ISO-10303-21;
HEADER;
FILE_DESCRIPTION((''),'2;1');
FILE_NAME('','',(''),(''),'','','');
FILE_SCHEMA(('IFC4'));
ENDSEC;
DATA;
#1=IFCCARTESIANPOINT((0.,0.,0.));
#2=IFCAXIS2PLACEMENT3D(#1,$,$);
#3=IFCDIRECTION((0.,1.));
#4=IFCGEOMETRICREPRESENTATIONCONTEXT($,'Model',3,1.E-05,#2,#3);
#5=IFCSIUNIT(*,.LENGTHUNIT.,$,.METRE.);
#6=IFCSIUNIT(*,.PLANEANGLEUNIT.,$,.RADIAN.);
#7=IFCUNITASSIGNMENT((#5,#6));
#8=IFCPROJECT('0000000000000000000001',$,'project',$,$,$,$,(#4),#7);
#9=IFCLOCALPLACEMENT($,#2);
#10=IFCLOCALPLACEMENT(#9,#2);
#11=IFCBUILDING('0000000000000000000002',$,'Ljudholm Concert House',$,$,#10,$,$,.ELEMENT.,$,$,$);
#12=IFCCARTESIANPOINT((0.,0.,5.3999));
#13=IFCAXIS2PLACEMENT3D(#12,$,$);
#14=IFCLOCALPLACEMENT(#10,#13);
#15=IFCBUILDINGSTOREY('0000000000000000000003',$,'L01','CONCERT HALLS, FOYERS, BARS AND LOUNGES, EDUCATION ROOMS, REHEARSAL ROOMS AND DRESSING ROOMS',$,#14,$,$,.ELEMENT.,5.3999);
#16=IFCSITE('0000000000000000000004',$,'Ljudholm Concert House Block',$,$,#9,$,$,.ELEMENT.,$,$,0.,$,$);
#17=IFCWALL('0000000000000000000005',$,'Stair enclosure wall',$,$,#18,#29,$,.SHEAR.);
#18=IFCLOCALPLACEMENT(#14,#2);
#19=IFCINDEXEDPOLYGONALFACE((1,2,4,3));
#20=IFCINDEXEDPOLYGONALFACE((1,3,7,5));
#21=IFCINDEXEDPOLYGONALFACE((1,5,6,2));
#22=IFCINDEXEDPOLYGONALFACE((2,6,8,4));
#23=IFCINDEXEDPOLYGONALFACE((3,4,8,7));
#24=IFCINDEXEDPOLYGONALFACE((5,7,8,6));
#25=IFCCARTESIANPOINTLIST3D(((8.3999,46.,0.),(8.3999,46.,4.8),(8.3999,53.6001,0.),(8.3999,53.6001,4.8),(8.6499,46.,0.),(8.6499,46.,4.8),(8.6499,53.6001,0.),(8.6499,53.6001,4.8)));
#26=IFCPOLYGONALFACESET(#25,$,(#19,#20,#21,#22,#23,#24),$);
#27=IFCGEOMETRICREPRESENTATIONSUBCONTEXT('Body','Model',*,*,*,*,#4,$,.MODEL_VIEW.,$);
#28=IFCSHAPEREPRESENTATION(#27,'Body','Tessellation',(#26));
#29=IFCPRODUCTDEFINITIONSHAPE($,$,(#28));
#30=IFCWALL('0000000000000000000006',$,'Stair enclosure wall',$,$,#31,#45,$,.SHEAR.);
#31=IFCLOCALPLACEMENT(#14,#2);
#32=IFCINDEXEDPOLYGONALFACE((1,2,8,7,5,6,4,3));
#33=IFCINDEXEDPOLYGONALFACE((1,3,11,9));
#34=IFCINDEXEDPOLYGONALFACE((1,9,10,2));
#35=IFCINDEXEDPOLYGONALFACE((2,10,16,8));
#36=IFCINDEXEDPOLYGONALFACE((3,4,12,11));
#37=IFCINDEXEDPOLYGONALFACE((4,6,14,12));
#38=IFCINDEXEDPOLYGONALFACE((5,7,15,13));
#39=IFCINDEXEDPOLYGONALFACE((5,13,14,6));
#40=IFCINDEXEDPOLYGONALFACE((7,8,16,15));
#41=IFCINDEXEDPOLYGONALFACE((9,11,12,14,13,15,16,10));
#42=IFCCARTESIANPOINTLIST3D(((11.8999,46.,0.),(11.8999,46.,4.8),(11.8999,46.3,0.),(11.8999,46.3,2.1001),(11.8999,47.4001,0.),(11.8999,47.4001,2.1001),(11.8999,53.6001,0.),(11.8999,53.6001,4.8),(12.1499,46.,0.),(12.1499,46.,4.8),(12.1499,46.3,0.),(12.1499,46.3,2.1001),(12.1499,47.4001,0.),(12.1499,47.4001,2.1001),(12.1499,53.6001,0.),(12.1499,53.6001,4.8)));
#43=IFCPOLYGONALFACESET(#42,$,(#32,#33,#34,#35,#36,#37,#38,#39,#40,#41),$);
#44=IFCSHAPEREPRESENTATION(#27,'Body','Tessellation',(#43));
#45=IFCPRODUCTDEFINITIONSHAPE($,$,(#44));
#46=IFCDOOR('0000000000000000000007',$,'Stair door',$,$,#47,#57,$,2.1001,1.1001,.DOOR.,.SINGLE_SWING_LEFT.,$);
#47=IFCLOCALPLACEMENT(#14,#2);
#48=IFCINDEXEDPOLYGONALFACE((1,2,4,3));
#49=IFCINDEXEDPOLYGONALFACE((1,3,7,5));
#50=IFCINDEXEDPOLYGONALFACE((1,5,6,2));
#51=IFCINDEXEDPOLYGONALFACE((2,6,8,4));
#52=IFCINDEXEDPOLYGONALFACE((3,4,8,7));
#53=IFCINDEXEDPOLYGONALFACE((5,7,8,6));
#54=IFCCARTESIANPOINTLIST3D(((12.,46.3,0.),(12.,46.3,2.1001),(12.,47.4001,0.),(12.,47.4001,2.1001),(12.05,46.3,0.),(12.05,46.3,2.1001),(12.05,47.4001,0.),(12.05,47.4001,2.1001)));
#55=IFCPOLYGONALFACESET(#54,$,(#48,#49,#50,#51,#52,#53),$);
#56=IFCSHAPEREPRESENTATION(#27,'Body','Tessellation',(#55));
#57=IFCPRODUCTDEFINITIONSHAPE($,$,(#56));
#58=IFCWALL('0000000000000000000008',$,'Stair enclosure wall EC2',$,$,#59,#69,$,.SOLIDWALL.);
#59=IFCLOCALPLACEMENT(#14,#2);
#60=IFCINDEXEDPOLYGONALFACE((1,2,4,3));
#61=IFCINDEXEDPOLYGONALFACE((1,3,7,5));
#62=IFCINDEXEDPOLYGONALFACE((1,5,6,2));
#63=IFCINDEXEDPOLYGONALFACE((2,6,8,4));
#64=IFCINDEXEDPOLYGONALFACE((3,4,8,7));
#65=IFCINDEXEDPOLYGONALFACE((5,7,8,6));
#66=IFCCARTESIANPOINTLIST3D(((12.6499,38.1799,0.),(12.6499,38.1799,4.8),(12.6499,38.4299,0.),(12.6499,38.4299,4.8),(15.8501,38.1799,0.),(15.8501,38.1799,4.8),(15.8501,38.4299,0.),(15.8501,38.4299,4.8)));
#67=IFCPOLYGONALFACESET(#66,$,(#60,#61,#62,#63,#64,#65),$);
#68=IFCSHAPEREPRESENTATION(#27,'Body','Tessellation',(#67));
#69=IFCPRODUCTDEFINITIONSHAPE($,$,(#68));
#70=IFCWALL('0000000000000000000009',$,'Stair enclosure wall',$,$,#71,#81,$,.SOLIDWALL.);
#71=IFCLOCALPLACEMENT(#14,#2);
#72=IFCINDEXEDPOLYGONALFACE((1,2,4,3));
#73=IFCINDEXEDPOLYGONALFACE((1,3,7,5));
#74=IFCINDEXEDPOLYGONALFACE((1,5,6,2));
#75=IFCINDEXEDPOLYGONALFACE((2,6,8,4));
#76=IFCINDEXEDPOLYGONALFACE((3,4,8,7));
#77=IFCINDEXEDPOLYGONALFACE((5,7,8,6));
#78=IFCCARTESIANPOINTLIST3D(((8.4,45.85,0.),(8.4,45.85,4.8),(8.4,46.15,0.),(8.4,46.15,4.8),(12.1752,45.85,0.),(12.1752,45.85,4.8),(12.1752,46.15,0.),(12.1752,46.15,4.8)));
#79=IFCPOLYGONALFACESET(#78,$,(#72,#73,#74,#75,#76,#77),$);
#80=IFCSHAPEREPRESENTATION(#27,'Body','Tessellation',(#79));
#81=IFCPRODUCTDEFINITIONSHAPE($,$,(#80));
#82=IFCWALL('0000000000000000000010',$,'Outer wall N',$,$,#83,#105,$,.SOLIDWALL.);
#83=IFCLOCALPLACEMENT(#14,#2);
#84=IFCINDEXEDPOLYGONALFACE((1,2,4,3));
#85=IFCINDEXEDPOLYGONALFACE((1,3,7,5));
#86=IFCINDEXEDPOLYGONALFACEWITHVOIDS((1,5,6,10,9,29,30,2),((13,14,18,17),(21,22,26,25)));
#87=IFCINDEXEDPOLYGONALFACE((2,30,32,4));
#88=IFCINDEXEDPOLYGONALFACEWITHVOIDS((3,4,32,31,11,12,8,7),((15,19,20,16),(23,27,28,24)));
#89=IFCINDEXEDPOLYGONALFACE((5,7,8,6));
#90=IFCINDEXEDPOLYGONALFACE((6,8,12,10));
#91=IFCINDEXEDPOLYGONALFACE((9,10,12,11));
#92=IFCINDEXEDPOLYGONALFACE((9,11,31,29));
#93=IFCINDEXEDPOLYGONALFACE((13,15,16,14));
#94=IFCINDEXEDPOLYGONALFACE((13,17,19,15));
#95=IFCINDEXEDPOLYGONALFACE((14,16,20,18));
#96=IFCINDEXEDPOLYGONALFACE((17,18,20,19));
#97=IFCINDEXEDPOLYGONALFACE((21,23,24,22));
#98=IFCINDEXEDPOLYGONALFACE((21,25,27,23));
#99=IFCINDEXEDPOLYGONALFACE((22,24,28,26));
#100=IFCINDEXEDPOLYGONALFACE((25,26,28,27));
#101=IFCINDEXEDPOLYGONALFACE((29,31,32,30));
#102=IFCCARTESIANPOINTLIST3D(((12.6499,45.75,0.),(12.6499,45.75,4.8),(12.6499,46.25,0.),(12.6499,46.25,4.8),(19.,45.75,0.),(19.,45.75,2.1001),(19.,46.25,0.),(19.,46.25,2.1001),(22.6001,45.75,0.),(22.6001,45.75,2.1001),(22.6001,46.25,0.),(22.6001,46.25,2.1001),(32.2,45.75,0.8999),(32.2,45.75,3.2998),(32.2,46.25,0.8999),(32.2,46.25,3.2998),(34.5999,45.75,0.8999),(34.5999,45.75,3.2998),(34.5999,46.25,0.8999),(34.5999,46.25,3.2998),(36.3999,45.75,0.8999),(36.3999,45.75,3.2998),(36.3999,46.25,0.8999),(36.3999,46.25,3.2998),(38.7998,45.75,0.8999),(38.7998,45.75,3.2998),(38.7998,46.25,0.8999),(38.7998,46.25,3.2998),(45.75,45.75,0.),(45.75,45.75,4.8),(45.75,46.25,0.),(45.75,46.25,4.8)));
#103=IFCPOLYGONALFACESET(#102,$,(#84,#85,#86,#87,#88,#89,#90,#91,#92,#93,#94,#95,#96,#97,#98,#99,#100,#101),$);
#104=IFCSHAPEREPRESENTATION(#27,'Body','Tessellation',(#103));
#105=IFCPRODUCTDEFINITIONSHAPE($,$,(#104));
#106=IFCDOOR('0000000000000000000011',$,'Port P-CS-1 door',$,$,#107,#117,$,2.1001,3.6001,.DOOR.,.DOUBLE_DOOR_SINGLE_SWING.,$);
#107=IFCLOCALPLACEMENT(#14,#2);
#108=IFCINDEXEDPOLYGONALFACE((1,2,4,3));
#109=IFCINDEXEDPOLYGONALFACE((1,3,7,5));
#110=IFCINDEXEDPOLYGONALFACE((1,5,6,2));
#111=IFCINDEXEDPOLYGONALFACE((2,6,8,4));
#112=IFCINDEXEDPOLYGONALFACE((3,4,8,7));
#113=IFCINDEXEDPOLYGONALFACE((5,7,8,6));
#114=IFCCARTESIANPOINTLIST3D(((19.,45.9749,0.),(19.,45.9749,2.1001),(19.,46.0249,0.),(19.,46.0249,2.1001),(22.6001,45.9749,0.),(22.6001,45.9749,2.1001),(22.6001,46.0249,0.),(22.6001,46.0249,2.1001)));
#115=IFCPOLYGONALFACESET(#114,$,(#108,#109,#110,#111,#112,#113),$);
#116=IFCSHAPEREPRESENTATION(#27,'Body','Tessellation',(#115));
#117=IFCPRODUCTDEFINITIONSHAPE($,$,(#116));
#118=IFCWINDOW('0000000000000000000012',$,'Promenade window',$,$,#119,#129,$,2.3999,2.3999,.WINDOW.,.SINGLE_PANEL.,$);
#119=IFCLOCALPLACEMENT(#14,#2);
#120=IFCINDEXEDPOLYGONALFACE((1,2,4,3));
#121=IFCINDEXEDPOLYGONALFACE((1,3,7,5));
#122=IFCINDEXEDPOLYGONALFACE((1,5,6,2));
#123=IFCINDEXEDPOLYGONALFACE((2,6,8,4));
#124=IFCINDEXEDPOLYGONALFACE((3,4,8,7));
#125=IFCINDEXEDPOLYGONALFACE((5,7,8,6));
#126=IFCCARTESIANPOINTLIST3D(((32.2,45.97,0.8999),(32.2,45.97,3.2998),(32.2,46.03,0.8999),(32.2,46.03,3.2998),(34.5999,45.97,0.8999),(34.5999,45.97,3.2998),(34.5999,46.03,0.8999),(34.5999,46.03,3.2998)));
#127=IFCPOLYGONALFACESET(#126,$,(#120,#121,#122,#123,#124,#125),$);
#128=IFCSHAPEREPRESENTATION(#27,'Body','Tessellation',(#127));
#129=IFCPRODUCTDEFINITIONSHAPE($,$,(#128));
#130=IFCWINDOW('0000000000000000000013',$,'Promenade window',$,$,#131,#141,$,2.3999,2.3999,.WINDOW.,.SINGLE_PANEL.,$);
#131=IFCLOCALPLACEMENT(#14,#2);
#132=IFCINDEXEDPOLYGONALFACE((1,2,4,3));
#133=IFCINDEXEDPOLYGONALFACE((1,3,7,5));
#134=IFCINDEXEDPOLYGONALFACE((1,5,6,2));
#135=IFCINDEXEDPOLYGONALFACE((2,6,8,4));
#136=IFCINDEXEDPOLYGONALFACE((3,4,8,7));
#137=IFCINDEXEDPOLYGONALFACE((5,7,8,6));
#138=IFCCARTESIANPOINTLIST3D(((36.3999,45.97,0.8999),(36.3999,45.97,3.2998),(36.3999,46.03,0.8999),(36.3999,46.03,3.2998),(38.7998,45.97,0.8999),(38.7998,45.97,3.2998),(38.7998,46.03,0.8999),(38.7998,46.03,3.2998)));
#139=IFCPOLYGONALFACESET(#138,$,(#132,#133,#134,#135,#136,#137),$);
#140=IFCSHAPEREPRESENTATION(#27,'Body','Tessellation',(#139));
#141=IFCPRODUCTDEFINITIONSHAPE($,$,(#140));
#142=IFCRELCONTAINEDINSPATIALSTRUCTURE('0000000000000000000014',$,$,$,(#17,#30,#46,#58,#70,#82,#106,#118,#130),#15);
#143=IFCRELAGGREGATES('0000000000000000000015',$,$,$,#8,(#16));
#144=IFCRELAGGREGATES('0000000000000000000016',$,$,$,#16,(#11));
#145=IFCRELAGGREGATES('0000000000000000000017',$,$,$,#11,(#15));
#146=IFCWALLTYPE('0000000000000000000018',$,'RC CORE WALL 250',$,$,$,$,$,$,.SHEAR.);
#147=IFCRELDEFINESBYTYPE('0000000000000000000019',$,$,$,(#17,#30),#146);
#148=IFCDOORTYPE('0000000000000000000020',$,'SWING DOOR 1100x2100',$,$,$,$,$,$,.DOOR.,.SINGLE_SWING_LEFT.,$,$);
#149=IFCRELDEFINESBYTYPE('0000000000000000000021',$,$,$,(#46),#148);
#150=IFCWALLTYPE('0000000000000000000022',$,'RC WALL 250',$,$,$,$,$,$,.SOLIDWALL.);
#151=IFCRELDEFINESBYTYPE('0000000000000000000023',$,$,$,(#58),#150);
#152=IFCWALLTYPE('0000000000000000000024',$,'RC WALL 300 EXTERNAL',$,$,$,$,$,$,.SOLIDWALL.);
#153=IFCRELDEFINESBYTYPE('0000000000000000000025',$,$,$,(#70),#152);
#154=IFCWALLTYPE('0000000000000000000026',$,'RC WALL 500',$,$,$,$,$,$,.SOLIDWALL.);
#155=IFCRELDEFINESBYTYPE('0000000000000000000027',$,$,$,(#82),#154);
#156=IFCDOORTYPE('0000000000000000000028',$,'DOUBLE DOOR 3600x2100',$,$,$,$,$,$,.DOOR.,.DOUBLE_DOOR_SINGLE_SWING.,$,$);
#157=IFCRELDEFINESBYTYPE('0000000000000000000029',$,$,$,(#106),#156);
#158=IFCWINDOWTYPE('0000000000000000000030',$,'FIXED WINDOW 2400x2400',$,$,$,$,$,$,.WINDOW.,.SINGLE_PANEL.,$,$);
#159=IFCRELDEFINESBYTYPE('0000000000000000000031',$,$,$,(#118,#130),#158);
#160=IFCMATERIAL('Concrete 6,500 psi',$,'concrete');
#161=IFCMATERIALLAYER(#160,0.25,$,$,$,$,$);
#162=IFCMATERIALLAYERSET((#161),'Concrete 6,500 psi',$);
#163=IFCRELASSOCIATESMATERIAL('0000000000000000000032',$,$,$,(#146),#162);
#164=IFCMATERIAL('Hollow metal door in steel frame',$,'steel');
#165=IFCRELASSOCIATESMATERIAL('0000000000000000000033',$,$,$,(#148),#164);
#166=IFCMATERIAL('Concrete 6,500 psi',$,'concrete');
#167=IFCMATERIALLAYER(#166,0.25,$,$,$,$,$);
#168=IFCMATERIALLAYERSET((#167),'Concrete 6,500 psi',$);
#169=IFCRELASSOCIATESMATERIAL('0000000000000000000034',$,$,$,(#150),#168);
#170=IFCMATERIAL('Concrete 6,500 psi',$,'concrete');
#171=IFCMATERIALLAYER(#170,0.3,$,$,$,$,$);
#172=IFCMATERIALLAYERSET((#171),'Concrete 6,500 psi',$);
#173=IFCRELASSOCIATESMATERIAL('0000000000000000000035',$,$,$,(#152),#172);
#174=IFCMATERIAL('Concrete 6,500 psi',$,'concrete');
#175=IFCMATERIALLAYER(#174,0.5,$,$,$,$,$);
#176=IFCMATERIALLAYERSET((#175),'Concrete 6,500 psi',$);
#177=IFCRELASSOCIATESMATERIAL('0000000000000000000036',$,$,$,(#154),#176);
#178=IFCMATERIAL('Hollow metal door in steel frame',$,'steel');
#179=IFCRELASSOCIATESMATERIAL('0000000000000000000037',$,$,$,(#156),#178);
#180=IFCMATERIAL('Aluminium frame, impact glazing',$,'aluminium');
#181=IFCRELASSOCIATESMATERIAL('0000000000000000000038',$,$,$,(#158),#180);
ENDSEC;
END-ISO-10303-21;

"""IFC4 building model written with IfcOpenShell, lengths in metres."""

from ifc_helpers import new_model, si_unit, direction, frame, frame_2d, origin, place, context, subcontext, project, spatial, rectangle, extrude, material, layer, layer_set, type_object, element, fill, save


model = new_model("IFC4")

# Units and contexts
model_context = context("Model", 3, precision=1e-05, world=origin(), true_north=direction((0.0, 1.0)))
body_context = subcontext(model_context, "Body", "Model", "MODEL_VIEW")
ifc_project = project(units=[si_unit("LENGTHUNIT", "METRE"), si_unit("PLANEANGLEUNIT", "RADIAN")], contexts=[model_context])

# Site, building, storey
site_placement = place(None, origin())
site = spatial("IfcSite", under=ifc_project, at=site_placement, Name="Ljudholm Concert House Block", CompositionType="ELEMENT", RefElevation=0.0)
building_placement = place(site_placement, origin())
building = spatial("IfcBuilding", under=site, at=building_placement, Name="Ljudholm Concert House", CompositionType="ELEMENT")
storey_placement = place(building_placement, frame((0.0, 0.0, 5.3999)))
storey = spatial("IfcBuildingStorey", under=building, at=storey_placement, Name="L01", Description="CONCERT HALLS, FOYERS, BARS AND LOUNGES, EDUCATION ROOMS, REHEARSAL ROOMS AND DRESSING ROOMS", CompositionType="ELEMENT", Elevation=5.3999)

# Wall
ifc_material_1 = material(Name="Concrete 6,500 psi", Category="concrete")
ifc_layer_1 = layer(ifc_material_1, 0.25)
ifc_layer_set_1 = layer_set([ifc_layer_1], Name="Concrete 6,500 psi")
wall_type_1 = type_object("IfcWallType", Name="RC CORE WALL 250", PredefinedType="SHEAR", material=ifc_layer_set_1)
wall_1_placement = place(storey_placement, frame((8.5249, 46.0, 0.0), z_axis=(0.0, 0.0, 1.0), x_axis=(0.0, 1.0, 0.0)))
element("IfcWall", 1, at=wall_1_placement, inside=storey, type_object=wall_type_1, Name="Stair enclosure wall", PredefinedType="SHEAR", context=body_context, shape_type="SweptSolid", body=[
    extrude(rectangle(XDim=7.6001, YDim=0.25, at=frame_2d((3.8, 0.0))), origin(), (0.0, 0.0, 1.0), 4.8),
])

# Wall, opening, door
wall_2_placement = place(storey_placement, frame((12.0249, 46.0, 0.0), z_axis=(0.0, 0.0, 1.0), x_axis=(0.0, 1.0, 0.0)))
wall_2 = element("IfcWall", 2, at=wall_2_placement, inside=storey, type_object=wall_type_1, Name="Stair enclosure wall", PredefinedType="SHEAR", context=body_context, shape_type="SweptSolid", body=[
    extrude(rectangle(XDim=7.6001, YDim=0.25, at=frame_2d((3.8, 0.0))), origin(), (0.0, 0.0, 1.0), 4.8),
])
opening_1_placement = place(wall_2_placement, frame((0.3, 0.0, 0.0)))
opening_1 = element("IfcOpeningElement", 3, at=opening_1_placement, cuts=wall_2, PredefinedType="OPENING", context=body_context, shape_type="SweptSolid", body=[
    extrude(rectangle(XDim=1.1001, YDim=2.1001, at=frame_2d((0.55, 1.05))), frame((0.0, 0.135, 0.0), z_axis=(0.0, -1.0, 0.0), x_axis=(1.0, 0.0, 0.0)), (0.0, 0.0, 1.0), 0.27),
])
ifc_material_2 = material(Name="Hollow metal door in steel frame", Category="steel")
door_type_1 = type_object("IfcDoorType", Name="SWING DOOR 1100x2100", OperationType="SINGLE_SWING_LEFT", PredefinedType="DOOR", material=ifc_material_2)
door_1_placement = place(opening_1_placement, origin())
door_1 = element("IfcDoor", 4, at=door_1_placement, inside=storey, type_object=door_type_1, Name="Stair door", OperationType="SINGLE_SWING_LEFT", OverallHeight=2.1001, OverallWidth=1.1001, PredefinedType="DOOR", context=body_context, shape_type="SweptSolid", body=[
    extrude(rectangle(XDim=1.1001, YDim=2.1001, at=frame_2d((0.55, 1.05))), frame((0.0, 0.0249, 0.0), z_axis=(0.0, -1.0, 0.0), x_axis=(1.0, 0.0, 0.0)), (0.0, 0.0, 1.0), 0.05),
])
fill(opening_1, door_1)

# Walls
ifc_material_3 = material(Name="Concrete 6,500 psi", Category="concrete")
ifc_layer_2 = layer(ifc_material_3, 0.25)
ifc_layer_set_2 = layer_set([ifc_layer_2], Name="Concrete 6,500 psi")
wall_type_2 = type_object("IfcWallType", Name="RC WALL 250", PredefinedType="SOLIDWALL", material=ifc_layer_set_2)
wall_3_placement = place(storey_placement, frame((12.6499, 38.3049, 0.0), z_axis=(0.0, 0.0, 1.0), x_axis=(1.0, 0.0, 0.0)))
element("IfcWall", 5, at=wall_3_placement, inside=storey, type_object=wall_type_2, Name="Stair enclosure wall EC2", PredefinedType="SOLIDWALL", context=body_context, shape_type="SweptSolid", body=[
    extrude(rectangle(XDim=3.2002, YDim=0.25, at=frame_2d((1.6001, 0.0))), origin(), (0.0, 0.0, 1.0), 4.8),
])
ifc_material_4 = material(Name="Concrete 6,500 psi", Category="concrete")
ifc_layer_3 = layer(ifc_material_4, 0.3)
ifc_layer_set_3 = layer_set([ifc_layer_3], Name="Concrete 6,500 psi")
wall_type_3 = type_object("IfcWallType", Name="RC WALL 300 EXTERNAL", PredefinedType="SOLIDWALL", material=ifc_layer_set_3)
wall_4_placement = place(storey_placement, frame((8.3999, 46.0, 0.0), z_axis=(0.0, 0.0, 1.0), x_axis=(1.0, 0.0, 0.0)))
element("IfcWall", 6, at=wall_4_placement, inside=storey, type_object=wall_type_3, Name="Stair enclosure wall", PredefinedType="SOLIDWALL", context=body_context, shape_type="SweptSolid", body=[
    extrude(rectangle(XDim=3.7751, YDim=0.3, at=frame_2d((1.8877, 0.0))), origin(), (0.0, 0.0, 1.0), 4.8),
])

# Wall, openings, door, windows
ifc_material_5 = material(Name="Concrete 6,500 psi", Category="concrete")
ifc_layer_4 = layer(ifc_material_5, 0.5)
ifc_layer_set_4 = layer_set([ifc_layer_4], Name="Concrete 6,500 psi")
wall_type_4 = type_object("IfcWallType", Name="RC WALL 500", PredefinedType="SOLIDWALL", material=ifc_layer_set_4)
wall_5_placement = place(storey_placement, frame((12.6499, 46.0, 0.0), z_axis=(0.0, 0.0, 1.0), x_axis=(1.0, 0.0, 0.0)))
wall_5 = element("IfcWall", 7, at=wall_5_placement, inside=storey, type_object=wall_type_4, Name="Outer wall N", PredefinedType="SOLIDWALL", context=body_context, shape_type="SweptSolid", body=[
    extrude(rectangle(XDim=33.1001, YDim=0.5, at=frame_2d((16.55, 0.0))), origin(), (0.0, 0.0, 1.0), 4.8),
])
opening_2_placement = place(wall_5_placement, frame((19.55, 0.0, 0.8999)))
opening_2 = element("IfcOpeningElement", 8, at=opening_2_placement, cuts=wall_5, PredefinedType="OPENING", context=body_context, shape_type="SweptSolid", body=[
    extrude(rectangle(XDim=2.3999, YDim=2.3999, at=frame_2d((1.2, 1.2))), frame((0.0, 0.26, 0.0), z_axis=(0.0, -1.0, 0.0), x_axis=(1.0, 0.0, 0.0)), (0.0, 0.0, 1.0), 0.52),
])
opening_3_placement = place(wall_5_placement, frame((23.75, 0.0, 0.8999)))
opening_3 = element("IfcOpeningElement", 9, at=opening_3_placement, cuts=wall_5, PredefinedType="OPENING", context=body_context, shape_type="SweptSolid", body=[
    extrude(rectangle(XDim=2.3999, YDim=2.3999, at=frame_2d((1.2, 1.2))), frame((0.0, 0.26, 0.0), z_axis=(0.0, -1.0, 0.0), x_axis=(1.0, 0.0, 0.0)), (0.0, 0.0, 1.0), 0.52),
])
opening_4_placement = place(wall_5_placement, frame((6.3501, 0.0, 0.0)))
opening_4 = element("IfcOpeningElement", 10, at=opening_4_placement, cuts=wall_5, PredefinedType="OPENING", context=body_context, shape_type="SweptSolid", body=[
    extrude(rectangle(XDim=3.6001, YDim=2.1001, at=frame_2d((1.8, 1.05))), frame((0.0, 0.26, 0.0), z_axis=(0.0, -1.0, 0.0), x_axis=(1.0, 0.0, 0.0)), (0.0, 0.0, 1.0), 0.52),
])
ifc_material_6 = material(Name="Hollow metal door in steel frame", Category="steel")
door_type_2 = type_object("IfcDoorType", Name="DOUBLE DOOR 3600x2100", OperationType="DOUBLE_DOOR_SINGLE_SWING", PredefinedType="DOOR", material=ifc_material_6)
door_2_placement = place(opening_4_placement, origin())
door_2 = element("IfcDoor", 11, at=door_2_placement, inside=storey, type_object=door_type_2, Name="Port P-CS-1 door", OperationType="DOUBLE_DOOR_SINGLE_SWING", OverallHeight=2.1001, OverallWidth=3.6001, PredefinedType="DOOR", context=body_context, shape_type="SweptSolid", body=[
    extrude(rectangle(XDim=3.6001, YDim=2.1001, at=frame_2d((1.8, 1.05))), frame((0.0, 0.0249, 0.0), z_axis=(0.0, -1.0, 0.0), x_axis=(1.0, 0.0, 0.0)), (0.0, 0.0, 1.0), 0.05),
])
fill(opening_4, door_2)
ifc_material_7 = material(Name="Aluminium frame, impact glazing", Category="aluminium")
window_type = type_object("IfcWindowType", Name="FIXED WINDOW 2400x2400", PartitioningType="SINGLE_PANEL", PredefinedType="WINDOW", material=ifc_material_7)
window_1_placement = place(opening_2_placement, origin())
window_1 = element("IfcWindow", 12, at=window_1_placement, inside=storey, type_object=window_type, Name="Promenade window", OverallHeight=2.3999, OverallWidth=2.3999, PartitioningType="SINGLE_PANEL", PredefinedType="WINDOW", context=body_context, shape_type="SweptSolid", body=[
    extrude(rectangle(XDim=2.3999, YDim=2.3999, at=frame_2d((1.2, 1.2))), frame((0.0, 0.03, 0.0), z_axis=(0.0, -1.0, 0.0), x_axis=(1.0, 0.0, 0.0)), (0.0, 0.0, 1.0), 0.0601),
])
fill(opening_2, window_1)
window_2_placement = place(opening_3_placement, origin())
window_2 = element("IfcWindow", 13, at=window_2_placement, inside=storey, type_object=window_type, Name="Promenade window", OverallHeight=2.3999, OverallWidth=2.3999, PartitioningType="SINGLE_PANEL", PredefinedType="WINDOW", context=body_context, shape_type="SweptSolid", body=[
    extrude(rectangle(XDim=2.3999, YDim=2.3999, at=frame_2d((1.2, 1.2))), frame((0.0, 0.03, 0.0), z_axis=(0.0, -1.0, 0.0), x_axis=(1.0, 0.0, 0.0)), (0.0, 0.0, 1.0), 0.0601),
])
fill(opening_3, window_2)

save(model, "model.ifc")
